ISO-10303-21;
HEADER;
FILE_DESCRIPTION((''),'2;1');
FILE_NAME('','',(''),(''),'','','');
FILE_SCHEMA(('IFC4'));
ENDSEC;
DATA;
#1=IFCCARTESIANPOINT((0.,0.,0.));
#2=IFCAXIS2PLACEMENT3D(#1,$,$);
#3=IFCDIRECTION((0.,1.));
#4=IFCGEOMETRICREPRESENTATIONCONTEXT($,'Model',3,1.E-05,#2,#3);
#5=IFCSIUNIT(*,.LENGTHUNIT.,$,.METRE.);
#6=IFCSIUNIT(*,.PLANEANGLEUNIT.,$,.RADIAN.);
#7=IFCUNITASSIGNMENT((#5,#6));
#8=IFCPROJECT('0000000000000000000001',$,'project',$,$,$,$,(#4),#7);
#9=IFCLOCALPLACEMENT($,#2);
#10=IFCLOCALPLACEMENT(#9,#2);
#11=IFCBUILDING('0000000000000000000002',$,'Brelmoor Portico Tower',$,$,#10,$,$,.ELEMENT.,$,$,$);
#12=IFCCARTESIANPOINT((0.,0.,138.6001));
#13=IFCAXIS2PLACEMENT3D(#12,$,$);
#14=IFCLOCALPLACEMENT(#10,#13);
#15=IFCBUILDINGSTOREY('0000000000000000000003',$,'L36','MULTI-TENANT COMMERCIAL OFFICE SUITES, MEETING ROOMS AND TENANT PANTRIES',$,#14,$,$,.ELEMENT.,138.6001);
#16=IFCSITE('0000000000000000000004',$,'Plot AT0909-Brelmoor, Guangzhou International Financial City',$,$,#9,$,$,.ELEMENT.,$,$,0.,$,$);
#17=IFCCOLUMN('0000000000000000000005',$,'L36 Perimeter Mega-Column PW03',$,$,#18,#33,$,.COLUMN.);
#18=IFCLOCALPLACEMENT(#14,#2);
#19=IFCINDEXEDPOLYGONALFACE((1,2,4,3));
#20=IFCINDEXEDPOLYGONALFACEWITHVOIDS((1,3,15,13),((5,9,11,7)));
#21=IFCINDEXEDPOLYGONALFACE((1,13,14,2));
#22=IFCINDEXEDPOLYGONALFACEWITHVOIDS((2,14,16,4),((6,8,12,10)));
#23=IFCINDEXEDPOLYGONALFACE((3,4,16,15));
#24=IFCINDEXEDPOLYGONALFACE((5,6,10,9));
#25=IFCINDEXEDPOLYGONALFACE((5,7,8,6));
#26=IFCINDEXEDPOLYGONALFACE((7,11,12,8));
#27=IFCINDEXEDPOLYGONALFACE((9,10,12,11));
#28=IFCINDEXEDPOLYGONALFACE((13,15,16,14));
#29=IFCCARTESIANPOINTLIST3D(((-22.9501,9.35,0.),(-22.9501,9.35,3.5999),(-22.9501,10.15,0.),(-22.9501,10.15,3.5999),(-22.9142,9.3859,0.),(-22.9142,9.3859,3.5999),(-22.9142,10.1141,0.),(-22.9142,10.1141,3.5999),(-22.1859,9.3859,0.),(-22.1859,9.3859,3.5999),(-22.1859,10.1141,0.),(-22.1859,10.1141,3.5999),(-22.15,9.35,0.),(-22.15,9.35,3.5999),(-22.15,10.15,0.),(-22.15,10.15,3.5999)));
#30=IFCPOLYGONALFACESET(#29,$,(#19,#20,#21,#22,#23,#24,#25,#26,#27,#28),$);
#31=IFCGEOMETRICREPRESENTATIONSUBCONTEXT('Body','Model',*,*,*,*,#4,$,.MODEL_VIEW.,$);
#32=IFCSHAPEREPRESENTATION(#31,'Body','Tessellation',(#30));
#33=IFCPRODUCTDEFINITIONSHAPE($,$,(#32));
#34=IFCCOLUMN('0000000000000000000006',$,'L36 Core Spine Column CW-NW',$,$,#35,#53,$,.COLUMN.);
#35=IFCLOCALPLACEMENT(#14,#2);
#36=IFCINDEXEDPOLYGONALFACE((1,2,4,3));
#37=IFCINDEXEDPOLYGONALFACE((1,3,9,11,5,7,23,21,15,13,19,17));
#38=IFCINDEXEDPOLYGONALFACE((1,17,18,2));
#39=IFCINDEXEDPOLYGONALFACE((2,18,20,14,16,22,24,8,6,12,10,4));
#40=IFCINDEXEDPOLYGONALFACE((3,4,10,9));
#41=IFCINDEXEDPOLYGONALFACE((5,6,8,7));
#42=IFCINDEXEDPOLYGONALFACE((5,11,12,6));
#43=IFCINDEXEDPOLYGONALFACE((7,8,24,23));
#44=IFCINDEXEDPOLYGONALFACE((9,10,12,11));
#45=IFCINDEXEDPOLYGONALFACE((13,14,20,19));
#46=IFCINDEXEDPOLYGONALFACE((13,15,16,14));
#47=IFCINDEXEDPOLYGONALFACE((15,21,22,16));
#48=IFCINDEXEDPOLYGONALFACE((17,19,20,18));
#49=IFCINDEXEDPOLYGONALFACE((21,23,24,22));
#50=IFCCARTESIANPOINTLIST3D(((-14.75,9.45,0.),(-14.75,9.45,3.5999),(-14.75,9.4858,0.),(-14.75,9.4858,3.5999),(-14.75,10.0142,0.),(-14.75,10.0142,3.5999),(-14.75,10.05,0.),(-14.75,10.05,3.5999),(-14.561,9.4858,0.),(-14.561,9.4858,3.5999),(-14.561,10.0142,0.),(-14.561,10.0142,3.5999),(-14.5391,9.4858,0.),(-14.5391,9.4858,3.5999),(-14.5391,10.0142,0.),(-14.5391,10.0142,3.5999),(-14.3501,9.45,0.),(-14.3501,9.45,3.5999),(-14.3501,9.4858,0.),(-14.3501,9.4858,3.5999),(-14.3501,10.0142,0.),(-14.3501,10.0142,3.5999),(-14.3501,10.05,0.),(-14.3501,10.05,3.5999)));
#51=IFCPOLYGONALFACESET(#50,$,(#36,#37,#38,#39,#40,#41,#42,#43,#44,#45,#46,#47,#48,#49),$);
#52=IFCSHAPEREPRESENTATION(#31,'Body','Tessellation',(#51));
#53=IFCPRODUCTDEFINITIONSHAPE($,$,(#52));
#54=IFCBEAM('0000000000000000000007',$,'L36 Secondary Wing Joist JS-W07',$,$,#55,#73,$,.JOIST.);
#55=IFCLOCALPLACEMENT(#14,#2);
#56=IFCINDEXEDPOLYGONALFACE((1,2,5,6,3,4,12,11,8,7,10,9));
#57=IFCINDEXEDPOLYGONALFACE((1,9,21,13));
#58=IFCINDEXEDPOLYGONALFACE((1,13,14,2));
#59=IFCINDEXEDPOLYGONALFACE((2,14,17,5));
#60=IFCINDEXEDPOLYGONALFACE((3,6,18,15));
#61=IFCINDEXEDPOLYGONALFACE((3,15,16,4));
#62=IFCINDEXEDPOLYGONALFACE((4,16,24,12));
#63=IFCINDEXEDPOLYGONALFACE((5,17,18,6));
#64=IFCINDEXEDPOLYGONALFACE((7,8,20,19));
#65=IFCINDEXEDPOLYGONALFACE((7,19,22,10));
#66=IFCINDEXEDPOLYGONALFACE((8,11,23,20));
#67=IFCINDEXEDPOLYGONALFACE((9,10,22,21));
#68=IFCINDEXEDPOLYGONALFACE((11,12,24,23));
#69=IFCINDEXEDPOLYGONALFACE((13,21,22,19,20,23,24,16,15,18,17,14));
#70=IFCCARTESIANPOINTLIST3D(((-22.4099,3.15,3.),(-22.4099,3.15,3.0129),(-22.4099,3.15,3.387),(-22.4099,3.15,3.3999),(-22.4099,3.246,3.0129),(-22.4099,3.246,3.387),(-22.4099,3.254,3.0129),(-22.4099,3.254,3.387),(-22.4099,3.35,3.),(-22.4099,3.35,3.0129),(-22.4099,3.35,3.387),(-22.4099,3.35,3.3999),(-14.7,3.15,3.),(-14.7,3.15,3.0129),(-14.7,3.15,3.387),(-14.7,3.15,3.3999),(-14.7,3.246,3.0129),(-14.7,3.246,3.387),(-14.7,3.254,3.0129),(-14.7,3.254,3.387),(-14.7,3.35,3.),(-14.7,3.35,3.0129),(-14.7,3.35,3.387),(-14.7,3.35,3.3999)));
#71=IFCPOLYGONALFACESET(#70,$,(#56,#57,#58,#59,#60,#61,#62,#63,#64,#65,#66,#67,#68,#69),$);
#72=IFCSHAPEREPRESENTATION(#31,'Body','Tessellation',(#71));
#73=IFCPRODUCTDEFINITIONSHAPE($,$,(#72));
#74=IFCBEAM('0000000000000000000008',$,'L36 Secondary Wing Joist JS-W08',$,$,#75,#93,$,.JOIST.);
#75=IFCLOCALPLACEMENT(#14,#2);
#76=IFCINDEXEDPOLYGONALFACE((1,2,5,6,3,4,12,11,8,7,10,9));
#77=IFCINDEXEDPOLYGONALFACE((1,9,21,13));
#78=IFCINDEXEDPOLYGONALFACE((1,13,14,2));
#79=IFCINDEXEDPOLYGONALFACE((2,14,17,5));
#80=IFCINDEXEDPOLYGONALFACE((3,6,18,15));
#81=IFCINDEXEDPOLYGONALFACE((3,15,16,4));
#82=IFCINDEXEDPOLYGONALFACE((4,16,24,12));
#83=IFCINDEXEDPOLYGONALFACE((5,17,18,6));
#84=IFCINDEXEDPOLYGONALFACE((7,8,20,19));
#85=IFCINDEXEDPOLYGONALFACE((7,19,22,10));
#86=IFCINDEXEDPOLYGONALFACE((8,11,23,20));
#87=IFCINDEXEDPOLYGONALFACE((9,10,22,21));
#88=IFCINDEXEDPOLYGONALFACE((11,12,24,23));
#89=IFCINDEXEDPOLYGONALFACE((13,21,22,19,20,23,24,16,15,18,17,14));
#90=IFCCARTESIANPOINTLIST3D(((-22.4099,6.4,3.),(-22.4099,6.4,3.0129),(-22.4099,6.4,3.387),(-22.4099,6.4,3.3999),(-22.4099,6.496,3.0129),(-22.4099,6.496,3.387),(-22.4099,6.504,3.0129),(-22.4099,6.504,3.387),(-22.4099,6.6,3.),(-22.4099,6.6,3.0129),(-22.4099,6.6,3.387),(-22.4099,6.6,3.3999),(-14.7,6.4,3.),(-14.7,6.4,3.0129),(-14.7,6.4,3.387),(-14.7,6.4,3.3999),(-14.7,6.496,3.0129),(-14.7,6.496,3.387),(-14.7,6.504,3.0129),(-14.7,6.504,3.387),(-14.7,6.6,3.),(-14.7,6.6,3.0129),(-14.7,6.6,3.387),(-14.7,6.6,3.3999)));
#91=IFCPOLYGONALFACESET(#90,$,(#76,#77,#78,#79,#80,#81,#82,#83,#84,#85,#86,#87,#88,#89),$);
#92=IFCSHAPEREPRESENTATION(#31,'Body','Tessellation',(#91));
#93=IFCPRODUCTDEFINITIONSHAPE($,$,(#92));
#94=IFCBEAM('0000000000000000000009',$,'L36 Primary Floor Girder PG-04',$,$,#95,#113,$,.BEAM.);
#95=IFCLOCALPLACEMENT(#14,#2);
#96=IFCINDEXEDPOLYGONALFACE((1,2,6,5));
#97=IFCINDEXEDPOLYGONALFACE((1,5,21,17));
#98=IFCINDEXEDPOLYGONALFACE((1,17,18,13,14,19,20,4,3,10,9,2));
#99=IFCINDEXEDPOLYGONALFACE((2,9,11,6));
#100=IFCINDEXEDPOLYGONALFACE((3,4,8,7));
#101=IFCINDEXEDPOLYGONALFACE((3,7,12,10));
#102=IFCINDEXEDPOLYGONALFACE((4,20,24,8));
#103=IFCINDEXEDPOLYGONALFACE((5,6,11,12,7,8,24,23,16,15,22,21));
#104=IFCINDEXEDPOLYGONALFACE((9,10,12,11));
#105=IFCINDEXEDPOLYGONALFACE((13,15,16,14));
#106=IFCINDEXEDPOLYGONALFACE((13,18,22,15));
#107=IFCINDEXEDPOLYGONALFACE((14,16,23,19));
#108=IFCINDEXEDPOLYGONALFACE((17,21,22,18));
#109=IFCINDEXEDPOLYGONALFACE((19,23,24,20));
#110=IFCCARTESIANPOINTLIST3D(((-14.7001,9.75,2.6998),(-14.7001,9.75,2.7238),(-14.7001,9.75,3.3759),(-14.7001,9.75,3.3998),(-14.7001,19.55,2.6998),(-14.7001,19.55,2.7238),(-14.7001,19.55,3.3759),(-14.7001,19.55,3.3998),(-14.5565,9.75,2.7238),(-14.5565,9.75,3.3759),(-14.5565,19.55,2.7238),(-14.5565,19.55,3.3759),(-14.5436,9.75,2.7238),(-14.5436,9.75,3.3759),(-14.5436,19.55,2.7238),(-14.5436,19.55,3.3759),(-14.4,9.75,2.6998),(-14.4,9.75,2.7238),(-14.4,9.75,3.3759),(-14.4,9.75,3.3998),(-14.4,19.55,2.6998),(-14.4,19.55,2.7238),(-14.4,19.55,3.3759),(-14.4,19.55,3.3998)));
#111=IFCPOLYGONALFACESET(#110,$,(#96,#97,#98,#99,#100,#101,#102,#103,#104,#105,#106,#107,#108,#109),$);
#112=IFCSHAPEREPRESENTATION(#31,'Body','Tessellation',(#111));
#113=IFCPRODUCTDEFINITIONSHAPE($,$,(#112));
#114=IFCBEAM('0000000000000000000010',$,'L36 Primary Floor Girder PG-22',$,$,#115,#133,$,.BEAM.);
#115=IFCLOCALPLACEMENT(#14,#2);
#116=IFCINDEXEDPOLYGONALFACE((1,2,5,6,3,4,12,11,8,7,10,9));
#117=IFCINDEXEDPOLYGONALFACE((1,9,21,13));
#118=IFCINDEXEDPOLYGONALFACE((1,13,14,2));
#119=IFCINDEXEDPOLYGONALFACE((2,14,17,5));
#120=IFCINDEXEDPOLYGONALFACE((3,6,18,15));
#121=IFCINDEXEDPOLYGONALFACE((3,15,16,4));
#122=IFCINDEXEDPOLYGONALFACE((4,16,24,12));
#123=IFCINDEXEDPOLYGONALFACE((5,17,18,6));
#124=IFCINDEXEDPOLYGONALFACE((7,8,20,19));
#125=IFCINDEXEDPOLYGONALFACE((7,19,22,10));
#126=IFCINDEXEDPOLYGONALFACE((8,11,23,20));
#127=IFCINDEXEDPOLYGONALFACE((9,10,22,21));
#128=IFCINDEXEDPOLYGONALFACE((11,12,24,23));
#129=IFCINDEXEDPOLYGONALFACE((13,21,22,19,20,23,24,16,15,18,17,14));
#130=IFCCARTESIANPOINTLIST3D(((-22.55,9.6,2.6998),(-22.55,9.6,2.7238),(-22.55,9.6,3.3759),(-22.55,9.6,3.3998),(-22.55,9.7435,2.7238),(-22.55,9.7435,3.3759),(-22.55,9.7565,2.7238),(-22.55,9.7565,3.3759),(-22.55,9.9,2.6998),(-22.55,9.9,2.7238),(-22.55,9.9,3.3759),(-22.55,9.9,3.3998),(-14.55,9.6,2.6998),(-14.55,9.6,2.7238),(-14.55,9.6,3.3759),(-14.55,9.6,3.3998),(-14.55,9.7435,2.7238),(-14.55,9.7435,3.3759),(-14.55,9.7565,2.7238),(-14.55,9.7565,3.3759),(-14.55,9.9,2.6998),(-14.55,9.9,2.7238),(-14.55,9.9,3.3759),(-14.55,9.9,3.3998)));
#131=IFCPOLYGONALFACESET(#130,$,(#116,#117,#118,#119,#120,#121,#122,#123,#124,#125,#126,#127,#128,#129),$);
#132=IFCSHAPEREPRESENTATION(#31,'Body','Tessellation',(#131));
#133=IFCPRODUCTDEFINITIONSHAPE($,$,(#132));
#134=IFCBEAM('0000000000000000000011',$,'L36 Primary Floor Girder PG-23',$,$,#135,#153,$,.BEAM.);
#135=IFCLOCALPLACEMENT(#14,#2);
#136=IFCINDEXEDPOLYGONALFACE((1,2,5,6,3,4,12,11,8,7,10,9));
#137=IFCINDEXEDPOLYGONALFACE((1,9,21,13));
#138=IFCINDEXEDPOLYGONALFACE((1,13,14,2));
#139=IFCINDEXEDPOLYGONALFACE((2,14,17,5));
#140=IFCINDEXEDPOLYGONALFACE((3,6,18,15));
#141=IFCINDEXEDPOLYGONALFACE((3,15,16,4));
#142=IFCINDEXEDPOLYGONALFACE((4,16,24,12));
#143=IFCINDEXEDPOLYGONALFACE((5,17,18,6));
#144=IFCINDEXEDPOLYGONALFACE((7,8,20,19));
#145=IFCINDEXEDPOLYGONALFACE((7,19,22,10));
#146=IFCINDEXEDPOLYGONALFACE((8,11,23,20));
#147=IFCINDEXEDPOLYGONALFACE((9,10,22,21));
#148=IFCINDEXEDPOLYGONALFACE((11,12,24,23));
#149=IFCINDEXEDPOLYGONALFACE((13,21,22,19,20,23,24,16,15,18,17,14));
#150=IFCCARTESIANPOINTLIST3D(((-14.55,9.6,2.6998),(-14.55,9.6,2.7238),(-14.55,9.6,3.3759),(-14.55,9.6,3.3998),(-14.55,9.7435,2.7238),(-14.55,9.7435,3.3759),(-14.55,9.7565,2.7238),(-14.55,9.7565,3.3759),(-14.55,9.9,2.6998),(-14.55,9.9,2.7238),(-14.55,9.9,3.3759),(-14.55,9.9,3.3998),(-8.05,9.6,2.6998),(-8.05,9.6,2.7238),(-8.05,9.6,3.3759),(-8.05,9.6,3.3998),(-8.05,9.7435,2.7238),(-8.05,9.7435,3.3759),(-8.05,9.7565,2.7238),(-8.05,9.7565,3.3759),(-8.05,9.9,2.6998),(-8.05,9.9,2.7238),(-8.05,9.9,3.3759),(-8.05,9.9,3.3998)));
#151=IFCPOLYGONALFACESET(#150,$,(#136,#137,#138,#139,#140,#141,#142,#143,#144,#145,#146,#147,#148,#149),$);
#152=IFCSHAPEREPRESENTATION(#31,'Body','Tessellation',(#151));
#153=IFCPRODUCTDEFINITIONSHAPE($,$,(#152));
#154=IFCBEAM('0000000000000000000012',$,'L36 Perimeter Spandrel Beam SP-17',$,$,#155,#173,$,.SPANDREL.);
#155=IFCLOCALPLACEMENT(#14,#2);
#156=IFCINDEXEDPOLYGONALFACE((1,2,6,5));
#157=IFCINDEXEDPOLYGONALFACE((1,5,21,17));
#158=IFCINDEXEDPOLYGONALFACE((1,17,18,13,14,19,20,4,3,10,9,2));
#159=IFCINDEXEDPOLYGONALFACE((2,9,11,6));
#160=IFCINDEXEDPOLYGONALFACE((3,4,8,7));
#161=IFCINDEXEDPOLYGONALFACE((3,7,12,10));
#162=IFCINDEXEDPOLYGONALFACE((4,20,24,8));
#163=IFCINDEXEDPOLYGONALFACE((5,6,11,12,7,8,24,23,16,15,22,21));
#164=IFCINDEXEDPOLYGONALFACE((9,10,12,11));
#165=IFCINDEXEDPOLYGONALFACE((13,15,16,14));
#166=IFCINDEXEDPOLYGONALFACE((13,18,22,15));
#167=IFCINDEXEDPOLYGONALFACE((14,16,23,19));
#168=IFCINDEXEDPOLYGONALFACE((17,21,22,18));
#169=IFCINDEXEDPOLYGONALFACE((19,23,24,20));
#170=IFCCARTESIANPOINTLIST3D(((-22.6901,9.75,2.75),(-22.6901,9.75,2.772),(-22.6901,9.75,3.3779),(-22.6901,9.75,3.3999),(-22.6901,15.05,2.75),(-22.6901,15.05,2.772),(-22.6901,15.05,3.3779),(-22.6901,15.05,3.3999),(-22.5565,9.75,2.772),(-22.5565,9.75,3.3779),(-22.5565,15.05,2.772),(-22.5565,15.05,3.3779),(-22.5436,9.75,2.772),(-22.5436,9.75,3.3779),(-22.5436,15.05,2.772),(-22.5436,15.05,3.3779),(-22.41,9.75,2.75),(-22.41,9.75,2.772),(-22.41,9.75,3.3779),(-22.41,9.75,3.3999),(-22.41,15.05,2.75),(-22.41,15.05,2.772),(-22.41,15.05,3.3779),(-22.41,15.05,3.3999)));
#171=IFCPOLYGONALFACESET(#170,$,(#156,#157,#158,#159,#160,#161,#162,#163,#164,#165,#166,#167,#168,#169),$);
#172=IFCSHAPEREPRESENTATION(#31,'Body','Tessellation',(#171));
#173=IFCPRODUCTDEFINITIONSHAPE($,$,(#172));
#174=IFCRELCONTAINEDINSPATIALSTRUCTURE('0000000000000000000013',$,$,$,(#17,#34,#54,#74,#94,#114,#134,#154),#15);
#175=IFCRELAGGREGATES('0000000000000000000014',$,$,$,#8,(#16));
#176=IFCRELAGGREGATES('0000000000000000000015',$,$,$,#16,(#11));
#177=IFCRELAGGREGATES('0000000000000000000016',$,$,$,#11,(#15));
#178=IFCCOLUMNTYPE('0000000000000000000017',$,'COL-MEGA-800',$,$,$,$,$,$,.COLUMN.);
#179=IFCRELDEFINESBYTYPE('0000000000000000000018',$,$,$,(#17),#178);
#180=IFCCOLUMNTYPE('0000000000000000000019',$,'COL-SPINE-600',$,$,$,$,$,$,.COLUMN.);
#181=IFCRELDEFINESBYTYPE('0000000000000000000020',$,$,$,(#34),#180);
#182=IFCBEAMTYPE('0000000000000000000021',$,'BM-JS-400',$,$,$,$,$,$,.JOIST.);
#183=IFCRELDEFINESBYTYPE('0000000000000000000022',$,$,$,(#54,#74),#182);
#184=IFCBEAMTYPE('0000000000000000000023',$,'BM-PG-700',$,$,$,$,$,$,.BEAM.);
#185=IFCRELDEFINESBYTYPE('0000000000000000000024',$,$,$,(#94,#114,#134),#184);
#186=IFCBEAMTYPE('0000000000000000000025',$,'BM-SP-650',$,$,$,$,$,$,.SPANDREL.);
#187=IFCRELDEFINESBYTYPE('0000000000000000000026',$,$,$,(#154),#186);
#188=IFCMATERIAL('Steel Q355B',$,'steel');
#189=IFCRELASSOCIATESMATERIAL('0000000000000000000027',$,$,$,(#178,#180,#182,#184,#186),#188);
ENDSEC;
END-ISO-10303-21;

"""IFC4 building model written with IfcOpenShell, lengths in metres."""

from ifc_helpers import new_model, si_unit, direction, frame, origin, origin_2d, place, context, subcontext, project, spatial, hollow_rectangle, i_section, extrude, material, material_profile, profile_set, type_object, element, save


model = new_model("IFC4")

# Units and contexts
model_context = context("Model", 3, precision=1e-05, world=origin(), true_north=direction((0.0, 1.0)))
body_context = subcontext(model_context, "Body", "Model", "MODEL_VIEW")
ifc_project = project(units=[si_unit("LENGTHUNIT", "METRE"), si_unit("PLANEANGLEUNIT", "RADIAN")], contexts=[model_context])

# Site, building, storey
site_placement = place(None, origin())
site = spatial("IfcSite", under=ifc_project, at=site_placement, Name="Plot AT0909-Brelmoor, Guangzhou International Financial City", CompositionType="ELEMENT", RefElevation=0.0)
building_placement = place(site_placement, origin())
building = spatial("IfcBuilding", under=site, at=building_placement, Name="Brelmoor Portico Tower", CompositionType="ELEMENT")
storey_placement = place(building_placement, frame((0.0, 0.0, 138.6001)))
storey = spatial("IfcBuildingStorey", under=building, at=storey_placement, Name="L36", Description="MULTI-TENANT COMMERCIAL OFFICE SUITES, MEETING ROOMS AND TENANT PANTRIES", CompositionType="ELEMENT", Elevation=138.6001)

# Columns
ifc_material_1 = material(Name="Steel Q355B", Category="steel")
ifc_material_profile_1 = material_profile(ifc_material_1, hollow_rectangle(XDim=0.8, YDim=0.8, WallThickness=0.0359, at=origin_2d()), Name="BOX 800x800x36")
ifc_profile_set_1 = profile_set([ifc_material_profile_1], Name="Steel Q355B")
column_type_1 = type_object("IfcColumnType", Name="COL-MEGA-800", PredefinedType="COLUMN", material=ifc_profile_set_1)
column_1_placement = place(storey_placement, frame((-22.55, 9.75, 0.0), z_axis=(0.0, 0.0, 1.0), x_axis=(0.0, 1.0, 0.0)))
element("IfcColumn", 1, at=column_1_placement, inside=storey, type_object=column_type_1, Name="L36 Perimeter Mega-Column PW03", PredefinedType="COLUMN", context=body_context, shape_type="SweptSolid", body=[
    extrude(hollow_rectangle(XDim=0.8, YDim=0.8, WallThickness=0.0359, at=origin_2d()), origin(), (0.0, 0.0, 1.0), 3.5999),
])
ifc_material_profile_2 = material_profile(ifc_material_1, i_section(OverallWidth=0.3999, OverallDepth=0.6001, WebThickness=0.022, FlangeThickness=0.0359, at=origin_2d()), Name="HW 600x400x22x36")
ifc_profile_set_2 = profile_set([ifc_material_profile_2], Name="Steel Q355B")
column_type_2 = type_object("IfcColumnType", Name="COL-SPINE-600", PredefinedType="COLUMN", material=ifc_profile_set_2)
column_2_placement = place(storey_placement, frame((-14.55, 9.75, 0.0), z_axis=(0.0, 0.0, 1.0), x_axis=(1.0, 0.0, 0.0)))
element("IfcColumn", 2, at=column_2_placement, inside=storey, type_object=column_type_2, Name="L36 Core Spine Column CW-NW", PredefinedType="COLUMN", context=body_context, shape_type="SweptSolid", body=[
    extrude(i_section(OverallWidth=0.3999, OverallDepth=0.6001, WebThickness=0.022, FlangeThickness=0.0359, at=origin_2d()), origin(), (0.0, 0.0, 1.0), 3.5999),
])

# Beams
ifc_material_profile_3 = material_profile(ifc_material_1, i_section(OverallWidth=0.2, OverallDepth=0.3999, WebThickness=0.0081, FlangeThickness=0.0129, at=origin_2d()), Name="HN 400x200x8x13")
ifc_profile_set_3 = profile_set([ifc_material_profile_3], Name="Steel Q355B")
beam_type_1 = type_object("IfcBeamType", Name="BM-JS-400", PredefinedType="JOIST", material=ifc_profile_set_3)
for number, where, z_axis, x_axis, name in (
    (3, (-22.4099, 3.25, 3.2), (1.0, 0.0, 0.0), (0.0, 1.0, 0.0), "L36 Secondary Wing Joist JS-W07"),
    (4, (-22.4099, 6.5, 3.2), (1.0, 0.0, 0.0), (0.0, 1.0, 0.0), "L36 Secondary Wing Joist JS-W08"),
):
    element("IfcBeam", number, at=place(storey_placement, frame(where, z_axis=z_axis, x_axis=x_axis)), inside=storey, type_object=beam_type_1, Name=name, PredefinedType="JOIST", context=body_context, shape_type="SweptSolid", body=[
        extrude(i_section(OverallWidth=0.2, OverallDepth=0.3999, WebThickness=0.0081, FlangeThickness=0.0129, at=origin_2d()), origin(), (0.0, 0.0, 1.0), 7.71),
    ])
ifc_material_profile_4 = material_profile(ifc_material_1, i_section(OverallWidth=0.3, OverallDepth=0.7, WebThickness=0.0129, FlangeThickness=0.0239, at=origin_2d()), Name="HN 700x300x13x24")
ifc_profile_set_4 = profile_set([ifc_material_profile_4], Name="Steel Q355B")
beam_type_2 = type_object("IfcBeamType", Name="BM-PG-700", PredefinedType="BEAM", material=ifc_profile_set_4)
beam_1_placement = place(storey_placement, frame((-14.55, 9.75, 3.0498), z_axis=(0.0, 1.0, 0.0), x_axis=(-1.0, 0.0, 0.0)))
element("IfcBeam", 5, at=beam_1_placement, inside=storey, type_object=beam_type_2, Name="L36 Primary Floor Girder PG-04", PredefinedType="BEAM", context=body_context, shape_type="SweptSolid", body=[
    extrude(i_section(OverallWidth=0.3, OverallDepth=0.7, WebThickness=0.0129, FlangeThickness=0.0239, at=origin_2d()), origin(), (0.0, 0.0, 1.0), 9.8),
])
beam_2_placement = place(storey_placement, frame((-22.55, 9.75, 3.0498), z_axis=(1.0, 0.0, 0.0), x_axis=(0.0, 1.0, 0.0)))
element("IfcBeam", 6, at=beam_2_placement, inside=storey, type_object=beam_type_2, Name="L36 Primary Floor Girder PG-22", PredefinedType="BEAM", context=body_context, shape_type="SweptSolid", body=[
    extrude(i_section(OverallWidth=0.3, OverallDepth=0.7, WebThickness=0.0129, FlangeThickness=0.0239, at=origin_2d()), origin(), (0.0, 0.0, 1.0), 8.0),
])
beam_3_placement = place(storey_placement, frame((-14.55, 9.75, 3.0498), z_axis=(1.0, 0.0, 0.0), x_axis=(0.0, 1.0, 0.0)))
element("IfcBeam", 7, at=beam_3_placement, inside=storey, type_object=beam_type_2, Name="L36 Primary Floor Girder PG-23", PredefinedType="BEAM", context=body_context, shape_type="SweptSolid", body=[
    extrude(i_section(OverallWidth=0.3, OverallDepth=0.7, WebThickness=0.0129, FlangeThickness=0.0239, at=origin_2d()), origin(), (0.0, 0.0, 1.0), 6.5),
])
ifc_material_profile_5 = material_profile(ifc_material_1, i_section(OverallWidth=0.28, OverallDepth=0.6499, WebThickness=0.0129, FlangeThickness=0.022, at=origin_2d()), Name="HN 650x280x13x22")
ifc_profile_set_5 = profile_set([ifc_material_profile_5], Name="Steel Q355B")
beam_type_3 = type_object("IfcBeamType", Name="BM-SP-650", PredefinedType="SPANDREL", material=ifc_profile_set_5)
beam_4_placement = place(storey_placement, frame((-22.55, 9.75, 3.075), z_axis=(0.0, 1.0, 0.0), x_axis=(-1.0, 0.0, 0.0)))
element("IfcBeam", 8, at=beam_4_placement, inside=storey, type_object=beam_type_3, Name="L36 Perimeter Spandrel Beam SP-17", PredefinedType="SPANDREL", context=body_context, shape_type="SweptSolid", body=[
    extrude(i_section(OverallWidth=0.28, OverallDepth=0.6499, WebThickness=0.0129, FlangeThickness=0.022, at=origin_2d()), origin(), (0.0, 0.0, 1.0), 5.3),
])

save(model, "model.ifc")
